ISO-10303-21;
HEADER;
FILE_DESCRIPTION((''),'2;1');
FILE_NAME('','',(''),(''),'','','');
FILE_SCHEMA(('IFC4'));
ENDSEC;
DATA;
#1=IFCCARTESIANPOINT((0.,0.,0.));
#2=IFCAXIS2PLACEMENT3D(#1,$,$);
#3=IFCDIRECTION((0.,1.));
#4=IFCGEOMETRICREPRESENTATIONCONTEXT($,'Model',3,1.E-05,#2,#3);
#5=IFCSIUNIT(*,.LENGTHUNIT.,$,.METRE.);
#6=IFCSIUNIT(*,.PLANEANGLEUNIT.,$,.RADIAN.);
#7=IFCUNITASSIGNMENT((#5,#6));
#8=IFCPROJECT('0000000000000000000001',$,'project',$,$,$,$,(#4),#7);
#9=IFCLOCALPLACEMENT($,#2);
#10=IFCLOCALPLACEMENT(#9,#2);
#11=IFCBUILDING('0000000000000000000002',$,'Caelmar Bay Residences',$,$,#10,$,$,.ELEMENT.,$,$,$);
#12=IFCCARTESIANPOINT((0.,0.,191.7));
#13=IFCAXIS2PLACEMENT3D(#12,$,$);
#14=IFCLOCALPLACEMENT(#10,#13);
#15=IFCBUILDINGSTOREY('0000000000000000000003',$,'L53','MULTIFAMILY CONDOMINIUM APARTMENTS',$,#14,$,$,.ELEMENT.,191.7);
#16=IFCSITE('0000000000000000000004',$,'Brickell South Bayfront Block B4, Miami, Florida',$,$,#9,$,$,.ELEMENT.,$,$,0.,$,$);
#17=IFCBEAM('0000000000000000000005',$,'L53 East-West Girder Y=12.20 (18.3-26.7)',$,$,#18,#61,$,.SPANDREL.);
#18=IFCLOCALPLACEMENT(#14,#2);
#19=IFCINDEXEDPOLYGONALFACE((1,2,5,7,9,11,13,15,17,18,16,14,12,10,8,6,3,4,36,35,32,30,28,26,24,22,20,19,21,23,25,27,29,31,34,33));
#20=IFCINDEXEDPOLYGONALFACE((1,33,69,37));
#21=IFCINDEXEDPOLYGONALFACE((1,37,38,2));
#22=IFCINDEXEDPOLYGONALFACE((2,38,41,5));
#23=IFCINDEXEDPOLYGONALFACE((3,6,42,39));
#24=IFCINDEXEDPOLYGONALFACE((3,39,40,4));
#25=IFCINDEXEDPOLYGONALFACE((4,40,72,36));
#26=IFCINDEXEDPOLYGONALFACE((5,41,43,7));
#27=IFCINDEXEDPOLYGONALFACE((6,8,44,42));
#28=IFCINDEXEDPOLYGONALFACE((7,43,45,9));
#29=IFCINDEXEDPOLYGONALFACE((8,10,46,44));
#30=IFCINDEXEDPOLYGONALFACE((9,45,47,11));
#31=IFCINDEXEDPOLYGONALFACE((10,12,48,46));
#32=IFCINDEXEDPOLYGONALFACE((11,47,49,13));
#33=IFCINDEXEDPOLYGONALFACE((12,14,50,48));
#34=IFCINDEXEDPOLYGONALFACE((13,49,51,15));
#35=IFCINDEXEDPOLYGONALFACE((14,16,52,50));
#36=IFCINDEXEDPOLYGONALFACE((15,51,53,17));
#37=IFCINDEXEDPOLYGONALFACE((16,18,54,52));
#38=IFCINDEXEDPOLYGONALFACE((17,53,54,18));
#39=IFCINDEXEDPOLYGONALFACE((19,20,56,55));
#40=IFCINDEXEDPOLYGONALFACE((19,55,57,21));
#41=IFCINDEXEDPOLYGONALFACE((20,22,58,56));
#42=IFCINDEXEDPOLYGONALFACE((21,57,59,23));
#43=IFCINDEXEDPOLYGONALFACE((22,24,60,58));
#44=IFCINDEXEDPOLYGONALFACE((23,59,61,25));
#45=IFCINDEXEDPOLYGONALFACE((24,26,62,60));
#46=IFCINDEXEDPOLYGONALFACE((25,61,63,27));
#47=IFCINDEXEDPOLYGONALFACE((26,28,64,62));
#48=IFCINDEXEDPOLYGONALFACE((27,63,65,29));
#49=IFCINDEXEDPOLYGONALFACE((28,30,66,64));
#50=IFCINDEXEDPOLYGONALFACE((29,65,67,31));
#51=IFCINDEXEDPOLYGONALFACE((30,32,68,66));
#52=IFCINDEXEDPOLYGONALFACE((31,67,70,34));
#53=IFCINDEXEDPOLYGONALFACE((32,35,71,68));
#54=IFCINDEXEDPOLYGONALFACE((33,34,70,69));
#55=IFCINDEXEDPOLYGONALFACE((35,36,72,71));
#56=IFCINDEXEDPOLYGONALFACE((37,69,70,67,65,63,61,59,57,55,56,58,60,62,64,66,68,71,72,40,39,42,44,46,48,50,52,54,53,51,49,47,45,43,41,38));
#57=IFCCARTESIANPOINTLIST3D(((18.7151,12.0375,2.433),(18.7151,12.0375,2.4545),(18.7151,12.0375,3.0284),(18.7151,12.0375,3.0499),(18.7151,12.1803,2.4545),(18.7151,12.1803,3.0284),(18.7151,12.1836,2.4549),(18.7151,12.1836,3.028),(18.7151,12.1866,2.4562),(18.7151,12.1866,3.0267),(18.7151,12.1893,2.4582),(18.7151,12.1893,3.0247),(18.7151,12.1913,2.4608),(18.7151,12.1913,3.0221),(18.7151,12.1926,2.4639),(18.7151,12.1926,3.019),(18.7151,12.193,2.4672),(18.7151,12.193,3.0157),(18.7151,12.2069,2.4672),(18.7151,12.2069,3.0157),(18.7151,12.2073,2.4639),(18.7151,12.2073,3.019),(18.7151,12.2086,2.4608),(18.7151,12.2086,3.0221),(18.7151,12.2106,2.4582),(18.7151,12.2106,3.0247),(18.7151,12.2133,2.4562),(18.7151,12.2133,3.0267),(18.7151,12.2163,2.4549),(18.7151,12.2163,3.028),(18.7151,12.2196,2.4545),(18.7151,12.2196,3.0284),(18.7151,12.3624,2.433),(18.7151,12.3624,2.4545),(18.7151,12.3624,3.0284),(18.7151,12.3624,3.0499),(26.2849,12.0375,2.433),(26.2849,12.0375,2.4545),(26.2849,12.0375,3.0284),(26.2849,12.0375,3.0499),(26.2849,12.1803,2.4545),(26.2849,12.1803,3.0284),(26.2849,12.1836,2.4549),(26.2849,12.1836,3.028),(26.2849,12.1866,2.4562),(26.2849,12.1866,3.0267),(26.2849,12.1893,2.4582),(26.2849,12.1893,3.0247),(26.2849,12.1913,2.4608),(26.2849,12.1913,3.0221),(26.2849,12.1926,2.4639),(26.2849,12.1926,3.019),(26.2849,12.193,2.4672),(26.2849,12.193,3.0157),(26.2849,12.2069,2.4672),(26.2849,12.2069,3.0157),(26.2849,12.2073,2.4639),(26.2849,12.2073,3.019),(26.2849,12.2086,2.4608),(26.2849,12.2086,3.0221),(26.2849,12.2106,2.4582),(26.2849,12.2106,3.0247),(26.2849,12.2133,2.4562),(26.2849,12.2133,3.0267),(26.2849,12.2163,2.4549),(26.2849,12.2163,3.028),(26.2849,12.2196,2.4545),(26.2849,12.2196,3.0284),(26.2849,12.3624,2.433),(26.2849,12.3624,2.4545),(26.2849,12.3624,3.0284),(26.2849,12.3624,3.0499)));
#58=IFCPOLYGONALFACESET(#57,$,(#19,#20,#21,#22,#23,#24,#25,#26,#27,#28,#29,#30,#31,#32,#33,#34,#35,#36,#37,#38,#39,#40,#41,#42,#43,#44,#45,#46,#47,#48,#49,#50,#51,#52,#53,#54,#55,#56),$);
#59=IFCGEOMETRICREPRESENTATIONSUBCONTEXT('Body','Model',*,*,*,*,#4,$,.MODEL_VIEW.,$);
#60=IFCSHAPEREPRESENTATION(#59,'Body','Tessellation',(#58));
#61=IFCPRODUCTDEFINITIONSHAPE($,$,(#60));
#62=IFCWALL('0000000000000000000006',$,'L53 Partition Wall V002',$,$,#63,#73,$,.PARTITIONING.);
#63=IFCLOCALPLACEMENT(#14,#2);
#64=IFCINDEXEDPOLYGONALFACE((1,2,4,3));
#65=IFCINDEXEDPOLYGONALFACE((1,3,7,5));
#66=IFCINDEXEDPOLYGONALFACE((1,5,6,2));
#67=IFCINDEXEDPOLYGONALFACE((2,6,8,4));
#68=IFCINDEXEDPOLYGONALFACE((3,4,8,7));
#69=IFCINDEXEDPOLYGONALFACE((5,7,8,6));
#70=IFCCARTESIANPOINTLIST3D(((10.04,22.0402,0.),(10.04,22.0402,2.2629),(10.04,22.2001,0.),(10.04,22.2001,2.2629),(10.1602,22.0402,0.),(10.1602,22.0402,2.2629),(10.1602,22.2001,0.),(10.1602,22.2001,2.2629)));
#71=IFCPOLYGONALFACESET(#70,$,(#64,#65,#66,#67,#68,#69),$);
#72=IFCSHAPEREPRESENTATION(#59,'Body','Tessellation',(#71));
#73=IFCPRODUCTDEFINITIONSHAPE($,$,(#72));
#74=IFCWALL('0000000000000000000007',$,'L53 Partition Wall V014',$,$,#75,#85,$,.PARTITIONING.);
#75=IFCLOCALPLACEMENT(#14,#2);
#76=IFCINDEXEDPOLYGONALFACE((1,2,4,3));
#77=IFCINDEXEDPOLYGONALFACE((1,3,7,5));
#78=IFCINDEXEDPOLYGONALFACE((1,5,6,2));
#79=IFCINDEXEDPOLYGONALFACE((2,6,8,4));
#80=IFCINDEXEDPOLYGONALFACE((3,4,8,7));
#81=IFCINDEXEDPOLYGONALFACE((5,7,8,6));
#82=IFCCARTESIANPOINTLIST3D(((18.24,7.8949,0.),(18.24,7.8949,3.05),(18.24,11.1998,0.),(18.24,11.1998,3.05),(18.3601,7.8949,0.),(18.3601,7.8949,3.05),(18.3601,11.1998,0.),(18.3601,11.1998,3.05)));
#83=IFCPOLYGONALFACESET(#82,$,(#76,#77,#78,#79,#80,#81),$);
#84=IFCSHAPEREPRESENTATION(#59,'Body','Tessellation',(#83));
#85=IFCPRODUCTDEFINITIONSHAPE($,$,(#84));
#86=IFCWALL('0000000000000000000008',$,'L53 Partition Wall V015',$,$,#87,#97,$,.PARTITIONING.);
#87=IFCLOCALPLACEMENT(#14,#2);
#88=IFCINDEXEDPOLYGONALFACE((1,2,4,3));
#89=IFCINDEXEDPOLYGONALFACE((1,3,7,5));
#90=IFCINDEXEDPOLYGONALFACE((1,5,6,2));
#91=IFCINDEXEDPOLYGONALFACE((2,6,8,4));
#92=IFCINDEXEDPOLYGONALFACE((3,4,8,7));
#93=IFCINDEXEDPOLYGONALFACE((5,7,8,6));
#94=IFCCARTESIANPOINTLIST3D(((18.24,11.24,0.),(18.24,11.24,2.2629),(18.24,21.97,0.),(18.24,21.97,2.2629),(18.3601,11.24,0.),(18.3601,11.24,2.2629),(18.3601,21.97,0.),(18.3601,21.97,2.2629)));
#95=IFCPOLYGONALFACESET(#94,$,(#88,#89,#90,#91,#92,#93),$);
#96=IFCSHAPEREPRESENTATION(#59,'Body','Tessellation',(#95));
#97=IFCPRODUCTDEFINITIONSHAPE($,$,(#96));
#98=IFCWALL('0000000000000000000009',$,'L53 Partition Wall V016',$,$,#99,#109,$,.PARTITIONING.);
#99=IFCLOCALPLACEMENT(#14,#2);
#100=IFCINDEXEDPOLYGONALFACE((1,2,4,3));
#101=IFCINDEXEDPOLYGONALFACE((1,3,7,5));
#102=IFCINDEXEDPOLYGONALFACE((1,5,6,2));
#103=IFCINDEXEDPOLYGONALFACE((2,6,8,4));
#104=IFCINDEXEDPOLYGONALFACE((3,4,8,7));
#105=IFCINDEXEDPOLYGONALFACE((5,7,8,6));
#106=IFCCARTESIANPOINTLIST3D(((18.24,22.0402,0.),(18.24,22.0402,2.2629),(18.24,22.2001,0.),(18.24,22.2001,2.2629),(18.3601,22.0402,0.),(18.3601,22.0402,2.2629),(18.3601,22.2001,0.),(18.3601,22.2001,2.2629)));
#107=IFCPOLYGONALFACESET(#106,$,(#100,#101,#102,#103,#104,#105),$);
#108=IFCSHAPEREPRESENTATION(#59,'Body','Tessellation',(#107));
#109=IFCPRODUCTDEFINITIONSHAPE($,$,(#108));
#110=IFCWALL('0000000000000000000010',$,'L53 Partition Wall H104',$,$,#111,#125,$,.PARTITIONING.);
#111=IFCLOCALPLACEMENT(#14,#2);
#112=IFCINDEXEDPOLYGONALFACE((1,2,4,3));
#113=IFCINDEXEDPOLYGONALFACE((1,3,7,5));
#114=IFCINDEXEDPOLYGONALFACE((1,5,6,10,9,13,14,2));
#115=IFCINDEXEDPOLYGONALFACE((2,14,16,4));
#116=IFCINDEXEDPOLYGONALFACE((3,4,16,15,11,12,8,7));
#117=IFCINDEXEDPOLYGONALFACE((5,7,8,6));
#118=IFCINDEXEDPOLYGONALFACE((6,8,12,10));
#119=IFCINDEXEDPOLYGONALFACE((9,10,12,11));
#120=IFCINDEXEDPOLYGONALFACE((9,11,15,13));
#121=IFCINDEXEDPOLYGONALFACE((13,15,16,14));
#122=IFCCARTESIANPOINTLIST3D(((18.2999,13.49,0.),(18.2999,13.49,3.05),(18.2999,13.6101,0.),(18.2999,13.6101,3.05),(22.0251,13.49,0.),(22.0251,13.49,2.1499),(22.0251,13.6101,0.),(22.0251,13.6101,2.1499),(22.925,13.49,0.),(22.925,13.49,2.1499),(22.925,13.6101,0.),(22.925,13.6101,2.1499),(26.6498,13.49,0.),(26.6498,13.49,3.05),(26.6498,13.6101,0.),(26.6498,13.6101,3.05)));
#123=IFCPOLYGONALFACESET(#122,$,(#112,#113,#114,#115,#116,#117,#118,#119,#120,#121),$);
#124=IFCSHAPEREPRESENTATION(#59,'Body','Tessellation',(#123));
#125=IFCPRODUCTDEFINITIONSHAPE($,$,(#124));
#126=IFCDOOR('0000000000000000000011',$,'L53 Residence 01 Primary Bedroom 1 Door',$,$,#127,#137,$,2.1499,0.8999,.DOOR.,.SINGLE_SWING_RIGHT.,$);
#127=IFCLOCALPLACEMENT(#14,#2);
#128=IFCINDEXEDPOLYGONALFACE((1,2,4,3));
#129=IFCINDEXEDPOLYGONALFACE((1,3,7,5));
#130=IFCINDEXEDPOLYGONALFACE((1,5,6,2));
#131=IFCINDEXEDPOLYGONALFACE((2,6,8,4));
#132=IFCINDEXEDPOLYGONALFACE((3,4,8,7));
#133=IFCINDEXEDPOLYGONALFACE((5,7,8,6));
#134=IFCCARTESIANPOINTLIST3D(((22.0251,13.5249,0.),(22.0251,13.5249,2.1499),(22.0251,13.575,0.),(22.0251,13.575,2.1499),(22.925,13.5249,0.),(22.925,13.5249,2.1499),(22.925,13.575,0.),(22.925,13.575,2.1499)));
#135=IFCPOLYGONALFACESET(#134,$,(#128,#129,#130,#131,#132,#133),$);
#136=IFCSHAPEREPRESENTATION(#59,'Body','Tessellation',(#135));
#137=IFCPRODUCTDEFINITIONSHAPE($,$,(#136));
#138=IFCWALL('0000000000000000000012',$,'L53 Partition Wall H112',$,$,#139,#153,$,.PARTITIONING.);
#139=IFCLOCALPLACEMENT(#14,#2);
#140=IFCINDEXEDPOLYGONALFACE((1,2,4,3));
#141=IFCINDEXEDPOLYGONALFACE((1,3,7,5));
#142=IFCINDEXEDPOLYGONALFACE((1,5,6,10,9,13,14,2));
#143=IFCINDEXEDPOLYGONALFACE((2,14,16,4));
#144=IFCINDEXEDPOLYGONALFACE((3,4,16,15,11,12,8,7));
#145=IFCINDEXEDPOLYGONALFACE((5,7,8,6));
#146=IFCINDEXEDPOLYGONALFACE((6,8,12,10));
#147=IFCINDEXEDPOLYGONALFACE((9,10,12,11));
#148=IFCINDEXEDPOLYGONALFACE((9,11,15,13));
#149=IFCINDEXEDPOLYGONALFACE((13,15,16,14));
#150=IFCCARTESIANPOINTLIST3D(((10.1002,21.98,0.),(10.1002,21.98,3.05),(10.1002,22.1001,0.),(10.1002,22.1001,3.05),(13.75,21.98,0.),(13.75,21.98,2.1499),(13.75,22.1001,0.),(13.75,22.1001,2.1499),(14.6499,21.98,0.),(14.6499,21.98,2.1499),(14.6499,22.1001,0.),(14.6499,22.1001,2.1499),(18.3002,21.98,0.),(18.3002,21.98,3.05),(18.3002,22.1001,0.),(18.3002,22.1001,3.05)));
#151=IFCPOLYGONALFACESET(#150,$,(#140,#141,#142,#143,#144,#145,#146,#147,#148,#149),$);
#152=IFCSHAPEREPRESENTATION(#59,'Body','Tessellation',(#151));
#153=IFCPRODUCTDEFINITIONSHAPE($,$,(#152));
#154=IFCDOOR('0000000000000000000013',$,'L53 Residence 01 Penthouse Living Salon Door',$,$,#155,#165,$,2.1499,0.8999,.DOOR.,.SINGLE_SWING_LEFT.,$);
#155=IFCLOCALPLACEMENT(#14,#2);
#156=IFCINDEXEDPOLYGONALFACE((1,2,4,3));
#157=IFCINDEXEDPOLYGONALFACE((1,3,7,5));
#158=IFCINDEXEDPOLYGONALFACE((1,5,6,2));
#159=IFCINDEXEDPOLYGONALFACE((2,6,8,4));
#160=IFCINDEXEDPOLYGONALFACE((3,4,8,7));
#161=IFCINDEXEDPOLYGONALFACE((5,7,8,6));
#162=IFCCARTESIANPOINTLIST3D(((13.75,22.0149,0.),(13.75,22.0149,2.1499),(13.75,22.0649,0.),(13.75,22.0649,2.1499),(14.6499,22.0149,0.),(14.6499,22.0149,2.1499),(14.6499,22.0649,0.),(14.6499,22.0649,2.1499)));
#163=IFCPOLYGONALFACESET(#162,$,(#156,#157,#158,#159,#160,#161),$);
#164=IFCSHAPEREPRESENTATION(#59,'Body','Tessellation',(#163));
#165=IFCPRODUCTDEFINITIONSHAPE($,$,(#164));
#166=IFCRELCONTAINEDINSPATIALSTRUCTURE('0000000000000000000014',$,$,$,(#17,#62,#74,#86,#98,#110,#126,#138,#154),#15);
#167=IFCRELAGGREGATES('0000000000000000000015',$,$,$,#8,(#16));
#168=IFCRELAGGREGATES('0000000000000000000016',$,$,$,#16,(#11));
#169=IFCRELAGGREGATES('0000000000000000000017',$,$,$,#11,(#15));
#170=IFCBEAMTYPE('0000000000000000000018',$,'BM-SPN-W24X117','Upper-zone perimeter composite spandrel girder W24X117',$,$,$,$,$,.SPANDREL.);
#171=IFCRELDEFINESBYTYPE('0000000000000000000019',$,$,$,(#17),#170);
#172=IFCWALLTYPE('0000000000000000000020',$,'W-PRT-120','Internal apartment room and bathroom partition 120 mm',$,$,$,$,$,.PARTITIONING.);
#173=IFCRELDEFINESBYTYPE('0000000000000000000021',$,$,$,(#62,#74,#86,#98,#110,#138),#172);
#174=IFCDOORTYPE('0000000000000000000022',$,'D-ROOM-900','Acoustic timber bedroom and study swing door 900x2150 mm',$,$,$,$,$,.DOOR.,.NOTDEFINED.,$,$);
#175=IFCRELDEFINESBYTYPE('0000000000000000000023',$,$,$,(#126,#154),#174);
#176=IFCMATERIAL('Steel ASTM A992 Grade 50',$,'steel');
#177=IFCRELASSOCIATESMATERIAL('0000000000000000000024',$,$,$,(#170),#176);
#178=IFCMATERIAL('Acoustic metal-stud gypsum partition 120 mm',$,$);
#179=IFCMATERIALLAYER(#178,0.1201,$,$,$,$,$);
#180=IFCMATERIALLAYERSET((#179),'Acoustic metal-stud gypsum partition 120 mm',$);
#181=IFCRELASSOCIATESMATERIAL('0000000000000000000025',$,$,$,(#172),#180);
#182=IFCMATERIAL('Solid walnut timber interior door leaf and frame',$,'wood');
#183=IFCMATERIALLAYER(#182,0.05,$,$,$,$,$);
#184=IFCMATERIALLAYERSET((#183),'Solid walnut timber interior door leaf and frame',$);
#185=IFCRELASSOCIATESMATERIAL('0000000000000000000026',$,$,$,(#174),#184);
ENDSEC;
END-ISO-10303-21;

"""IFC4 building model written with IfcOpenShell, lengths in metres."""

from ifc_helpers import new_model, si_unit, direction, frame, frame_2d, origin, origin_2d, place, context, subcontext, project, spatial, rectangle, i_section, extrude, material, layer, layer_set, material_profile, profile_set, type_object, element, fill, save


model = new_model("IFC4")

# Units and contexts
model_context = context("Model", 3, precision=1e-05, world=origin(), true_north=direction((0.0, 1.0)))
body_context = subcontext(model_context, "Body", "Model", "MODEL_VIEW")
ifc_project = project(units=[si_unit("LENGTHUNIT", "METRE"), si_unit("PLANEANGLEUNIT", "RADIAN")], contexts=[model_context])

# Site, building, storey
site_placement = place(None, origin())
site = spatial("IfcSite", under=ifc_project, at=site_placement, Name="Brickell South Bayfront Block B4, Miami, Florida", CompositionType="ELEMENT", RefElevation=0.0)
building_placement = place(site_placement, origin())
building = spatial("IfcBuilding", under=site, at=building_placement, Name="Caelmar Bay Residences", CompositionType="ELEMENT")
storey_placement = place(building_placement, frame((0.0, 0.0, 191.7)))
storey = spatial("IfcBuildingStorey", under=building, at=storey_placement, Name="L53", Description="MULTIFAMILY CONDOMINIUM APARTMENTS", CompositionType="ELEMENT", Elevation=191.7)

# Beam
ifc_material_1 = material(Name="Steel ASTM A992 Grade 50", Category="steel")
ifc_material_profile_1 = material_profile(ifc_material_1, i_section(OverallWidth=0.325, OverallDepth=0.6169, WebThickness=0.0139, FlangeThickness=0.0215, FilletRadius=0.0127, at=origin_2d()), Name="W24X117")
ifc_profile_set_1 = profile_set([ifc_material_profile_1], Name="Steel ASTM A992 Grade 50")
beam_type_1 = type_object("IfcBeamType", Name="BM-SPN-W24X117", Description="Upper-zone perimeter composite spandrel girder W24X117", PredefinedType="SPANDREL", material=ifc_profile_set_1)
beam_1_placement = place(storey_placement, frame((18.7151, 12.2, 2.7415), z_axis=(1.0, 0.0, 0.0), x_axis=(0.0, 1.0, 0.0)))
element("IfcBeam", 1, at=beam_1_placement, inside=storey, type_object=beam_type_1, Name="L53 East-West Girder Y=12.20 (18.3-26.7)", PredefinedType="SPANDREL", context=body_context, shape_type="SweptSolid", body=[
    extrude(i_section(OverallWidth=0.325, OverallDepth=0.6169, WebThickness=0.0139, FlangeThickness=0.0215, FilletRadius=0.0127, at=origin_2d()), origin(), (0.0, 0.0, 1.0), 7.5698),
])

# Wall
ifc_material_2 = material(Name="Acoustic metal-stud gypsum partition 120 mm")
ifc_layer_1 = layer(ifc_material_2, 0.1201)
ifc_layer_set_1 = layer_set([ifc_layer_1], Name="Acoustic metal-stud gypsum partition 120 mm")
wall_type = type_object("IfcWallType", Name="W-PRT-120", Description="Internal apartment room and bathroom partition 120 mm", PredefinedType="PARTITIONING", material=ifc_layer_set_1)
wall_1_placement = place(storey_placement, frame((10.1001, 22.04, 0.0), z_axis=(0.0, 0.0, 1.0), x_axis=(0.0, 1.0, 0.0)))
element("IfcWall", 2, at=wall_1_placement, inside=storey, type_object=wall_type, Name="L53 Partition Wall V002", PredefinedType="PARTITIONING", context=body_context, shape_type="SweptSolid", body=[
    extrude(rectangle(XDim=0.1599, YDim=0.1201, at=frame_2d((0.0801, 0.0))), origin(), (0.0, 0.0, 1.0), 2.2629),
])

# Shared definitions
ifc_material_3 = material(Name="Solid walnut timber interior door leaf and frame", Category="wood")
ifc_layer_2 = layer(ifc_material_3, 0.05)
ifc_layer_set_2 = layer_set([ifc_layer_2], Name="Solid walnut timber interior door leaf and frame")
door_type = type_object("IfcDoorType", Name="D-ROOM-900", Description="Acoustic timber bedroom and study swing door 900x2150 mm", OperationType="NOTDEFINED", PredefinedType="DOOR", material=ifc_layer_set_2)

# Walls
wall_2_placement = place(storey_placement, frame((18.3, 7.895, 0.0), z_axis=(0.0, 0.0, 1.0), x_axis=(0.0, 1.0, 0.0)))
element("IfcWall", 3, at=wall_2_placement, inside=storey, type_object=wall_type, Name="L53 Partition Wall V014", PredefinedType="PARTITIONING", context=body_context, shape_type="SweptSolid", body=[
    extrude(rectangle(XDim=3.3049, YDim=0.1201, at=frame_2d((1.6523, 0.0))), origin(), (0.0, 0.0, 1.0), 3.05),
])
wall_3_placement = place(storey_placement, frame((18.3, 11.24, 0.0), z_axis=(0.0, 0.0, 1.0), x_axis=(0.0, 1.0, 0.0)))
element("IfcWall", 4, at=wall_3_placement, inside=storey, type_object=wall_type, Name="L53 Partition Wall V015", PredefinedType="PARTITIONING", context=body_context, shape_type="SweptSolid", body=[
    extrude(rectangle(XDim=10.73, YDim=0.1201, at=frame_2d((5.365, 0.0))), origin(), (0.0, 0.0, 1.0), 2.2629),
])
wall_4_placement = place(storey_placement, frame((18.3, 22.04, 0.0), z_axis=(0.0, 0.0, 1.0), x_axis=(0.0, 1.0, 0.0)))
element("IfcWall", 5, at=wall_4_placement, inside=storey, type_object=wall_type, Name="L53 Partition Wall V016", PredefinedType="PARTITIONING", context=body_context, shape_type="SweptSolid", body=[
    extrude(rectangle(XDim=0.1599, YDim=0.1201, at=frame_2d((0.0801, 0.0))), origin(), (0.0, 0.0, 1.0), 2.2629),
])

# Walls, openings, doors
wall_5_placement = place(storey_placement, frame((18.3, 13.55, 0.0), z_axis=(0.0, 0.0, 1.0), x_axis=(1.0, 0.0, 0.0)))
wall_5 = element("IfcWall", 6, at=wall_5_placement, inside=storey, type_object=wall_type, Name="L53 Partition Wall H104", PredefinedType="PARTITIONING", context=body_context, shape_type="SweptSolid", body=[
    extrude(rectangle(XDim=8.3499, YDim=0.1201, at=frame_2d((4.1748, 0.0))), origin(), (0.0, 0.0, 1.0), 3.05),
])
opening_1_placement = place(wall_5_placement, frame((3.7251, 0.0, 0.0)))
opening_1 = element("IfcOpeningElement", 7, at=opening_1_placement, cuts=wall_5, PredefinedType="OPENING", context=body_context, shape_type="SweptSolid", body=[
    extrude(rectangle(XDim=0.8999, YDim=2.1499, at=frame_2d((0.45, 1.075))), frame((0.0, 0.0701, 0.0), z_axis=(0.0, -1.0, 0.0), x_axis=(1.0, 0.0, 0.0)), (0.0, 0.0, 1.0), 0.1401),
])
door_1_placement = place(opening_1_placement, origin())
door_1 = element("IfcDoor", 8, at=door_1_placement, inside=storey, type_object=door_type, Name="L53 Residence 01 Primary Bedroom 1 Door", OperationType="SINGLE_SWING_RIGHT", OverallHeight=2.1499, OverallWidth=0.8999, PredefinedType="DOOR", context=body_context, shape_type="SweptSolid", body=[
    extrude(rectangle(XDim=0.8999, YDim=2.1499, at=frame_2d((0.45, 1.075))), frame((0.0, 0.0249, 0.0), z_axis=(0.0, -1.0, 0.0), x_axis=(1.0, 0.0, 0.0)), (0.0, 0.0, 1.0), 0.05),
])
fill(opening_1, door_1)
wall_6_placement = place(storey_placement, frame((10.1001, 22.04, 0.0), z_axis=(0.0, 0.0, 1.0), x_axis=(1.0, 0.0, 0.0)))
wall_6 = element("IfcWall", 9, at=wall_6_placement, inside=storey, type_object=wall_type, Name="L53 Partition Wall H112", PredefinedType="PARTITIONING", context=body_context, shape_type="SweptSolid", body=[
    extrude(rectangle(XDim=8.2, YDim=0.1201, at=frame_2d((4.1001, 0.0))), origin(), (0.0, 0.0, 1.0), 3.05),
])
opening_2_placement = place(wall_6_placement, frame((3.6499, 0.0, 0.0)))
opening_2 = element("IfcOpeningElement", 10, at=opening_2_placement, cuts=wall_6, PredefinedType="OPENING", context=body_context, shape_type="SweptSolid", body=[
    extrude(rectangle(XDim=0.8999, YDim=2.1499, at=frame_2d((0.45, 1.075))), frame((0.0, 0.0701, 0.0), z_axis=(0.0, -1.0, 0.0), x_axis=(1.0, 0.0, 0.0)), (0.0, 0.0, 1.0), 0.1401),
])
door_2_placement = place(opening_2_placement, origin())
door_2 = element("IfcDoor", 11, at=door_2_placement, inside=storey, type_object=door_type, Name="L53 Residence 01 Penthouse Living Salon Door", OperationType="SINGLE_SWING_LEFT", OverallHeight=2.1499, OverallWidth=0.8999, PredefinedType="DOOR", context=body_context, shape_type="SweptSolid", body=[
    extrude(rectangle(XDim=0.8999, YDim=2.1499, at=frame_2d((0.45, 1.075))), frame((0.0, 0.0249, 0.0), z_axis=(0.0, -1.0, 0.0), x_axis=(1.0, 0.0, 0.0)), (0.0, 0.0, 1.0), 0.05),
])
fill(opening_2, door_2)

save(model, "model.ifc")
